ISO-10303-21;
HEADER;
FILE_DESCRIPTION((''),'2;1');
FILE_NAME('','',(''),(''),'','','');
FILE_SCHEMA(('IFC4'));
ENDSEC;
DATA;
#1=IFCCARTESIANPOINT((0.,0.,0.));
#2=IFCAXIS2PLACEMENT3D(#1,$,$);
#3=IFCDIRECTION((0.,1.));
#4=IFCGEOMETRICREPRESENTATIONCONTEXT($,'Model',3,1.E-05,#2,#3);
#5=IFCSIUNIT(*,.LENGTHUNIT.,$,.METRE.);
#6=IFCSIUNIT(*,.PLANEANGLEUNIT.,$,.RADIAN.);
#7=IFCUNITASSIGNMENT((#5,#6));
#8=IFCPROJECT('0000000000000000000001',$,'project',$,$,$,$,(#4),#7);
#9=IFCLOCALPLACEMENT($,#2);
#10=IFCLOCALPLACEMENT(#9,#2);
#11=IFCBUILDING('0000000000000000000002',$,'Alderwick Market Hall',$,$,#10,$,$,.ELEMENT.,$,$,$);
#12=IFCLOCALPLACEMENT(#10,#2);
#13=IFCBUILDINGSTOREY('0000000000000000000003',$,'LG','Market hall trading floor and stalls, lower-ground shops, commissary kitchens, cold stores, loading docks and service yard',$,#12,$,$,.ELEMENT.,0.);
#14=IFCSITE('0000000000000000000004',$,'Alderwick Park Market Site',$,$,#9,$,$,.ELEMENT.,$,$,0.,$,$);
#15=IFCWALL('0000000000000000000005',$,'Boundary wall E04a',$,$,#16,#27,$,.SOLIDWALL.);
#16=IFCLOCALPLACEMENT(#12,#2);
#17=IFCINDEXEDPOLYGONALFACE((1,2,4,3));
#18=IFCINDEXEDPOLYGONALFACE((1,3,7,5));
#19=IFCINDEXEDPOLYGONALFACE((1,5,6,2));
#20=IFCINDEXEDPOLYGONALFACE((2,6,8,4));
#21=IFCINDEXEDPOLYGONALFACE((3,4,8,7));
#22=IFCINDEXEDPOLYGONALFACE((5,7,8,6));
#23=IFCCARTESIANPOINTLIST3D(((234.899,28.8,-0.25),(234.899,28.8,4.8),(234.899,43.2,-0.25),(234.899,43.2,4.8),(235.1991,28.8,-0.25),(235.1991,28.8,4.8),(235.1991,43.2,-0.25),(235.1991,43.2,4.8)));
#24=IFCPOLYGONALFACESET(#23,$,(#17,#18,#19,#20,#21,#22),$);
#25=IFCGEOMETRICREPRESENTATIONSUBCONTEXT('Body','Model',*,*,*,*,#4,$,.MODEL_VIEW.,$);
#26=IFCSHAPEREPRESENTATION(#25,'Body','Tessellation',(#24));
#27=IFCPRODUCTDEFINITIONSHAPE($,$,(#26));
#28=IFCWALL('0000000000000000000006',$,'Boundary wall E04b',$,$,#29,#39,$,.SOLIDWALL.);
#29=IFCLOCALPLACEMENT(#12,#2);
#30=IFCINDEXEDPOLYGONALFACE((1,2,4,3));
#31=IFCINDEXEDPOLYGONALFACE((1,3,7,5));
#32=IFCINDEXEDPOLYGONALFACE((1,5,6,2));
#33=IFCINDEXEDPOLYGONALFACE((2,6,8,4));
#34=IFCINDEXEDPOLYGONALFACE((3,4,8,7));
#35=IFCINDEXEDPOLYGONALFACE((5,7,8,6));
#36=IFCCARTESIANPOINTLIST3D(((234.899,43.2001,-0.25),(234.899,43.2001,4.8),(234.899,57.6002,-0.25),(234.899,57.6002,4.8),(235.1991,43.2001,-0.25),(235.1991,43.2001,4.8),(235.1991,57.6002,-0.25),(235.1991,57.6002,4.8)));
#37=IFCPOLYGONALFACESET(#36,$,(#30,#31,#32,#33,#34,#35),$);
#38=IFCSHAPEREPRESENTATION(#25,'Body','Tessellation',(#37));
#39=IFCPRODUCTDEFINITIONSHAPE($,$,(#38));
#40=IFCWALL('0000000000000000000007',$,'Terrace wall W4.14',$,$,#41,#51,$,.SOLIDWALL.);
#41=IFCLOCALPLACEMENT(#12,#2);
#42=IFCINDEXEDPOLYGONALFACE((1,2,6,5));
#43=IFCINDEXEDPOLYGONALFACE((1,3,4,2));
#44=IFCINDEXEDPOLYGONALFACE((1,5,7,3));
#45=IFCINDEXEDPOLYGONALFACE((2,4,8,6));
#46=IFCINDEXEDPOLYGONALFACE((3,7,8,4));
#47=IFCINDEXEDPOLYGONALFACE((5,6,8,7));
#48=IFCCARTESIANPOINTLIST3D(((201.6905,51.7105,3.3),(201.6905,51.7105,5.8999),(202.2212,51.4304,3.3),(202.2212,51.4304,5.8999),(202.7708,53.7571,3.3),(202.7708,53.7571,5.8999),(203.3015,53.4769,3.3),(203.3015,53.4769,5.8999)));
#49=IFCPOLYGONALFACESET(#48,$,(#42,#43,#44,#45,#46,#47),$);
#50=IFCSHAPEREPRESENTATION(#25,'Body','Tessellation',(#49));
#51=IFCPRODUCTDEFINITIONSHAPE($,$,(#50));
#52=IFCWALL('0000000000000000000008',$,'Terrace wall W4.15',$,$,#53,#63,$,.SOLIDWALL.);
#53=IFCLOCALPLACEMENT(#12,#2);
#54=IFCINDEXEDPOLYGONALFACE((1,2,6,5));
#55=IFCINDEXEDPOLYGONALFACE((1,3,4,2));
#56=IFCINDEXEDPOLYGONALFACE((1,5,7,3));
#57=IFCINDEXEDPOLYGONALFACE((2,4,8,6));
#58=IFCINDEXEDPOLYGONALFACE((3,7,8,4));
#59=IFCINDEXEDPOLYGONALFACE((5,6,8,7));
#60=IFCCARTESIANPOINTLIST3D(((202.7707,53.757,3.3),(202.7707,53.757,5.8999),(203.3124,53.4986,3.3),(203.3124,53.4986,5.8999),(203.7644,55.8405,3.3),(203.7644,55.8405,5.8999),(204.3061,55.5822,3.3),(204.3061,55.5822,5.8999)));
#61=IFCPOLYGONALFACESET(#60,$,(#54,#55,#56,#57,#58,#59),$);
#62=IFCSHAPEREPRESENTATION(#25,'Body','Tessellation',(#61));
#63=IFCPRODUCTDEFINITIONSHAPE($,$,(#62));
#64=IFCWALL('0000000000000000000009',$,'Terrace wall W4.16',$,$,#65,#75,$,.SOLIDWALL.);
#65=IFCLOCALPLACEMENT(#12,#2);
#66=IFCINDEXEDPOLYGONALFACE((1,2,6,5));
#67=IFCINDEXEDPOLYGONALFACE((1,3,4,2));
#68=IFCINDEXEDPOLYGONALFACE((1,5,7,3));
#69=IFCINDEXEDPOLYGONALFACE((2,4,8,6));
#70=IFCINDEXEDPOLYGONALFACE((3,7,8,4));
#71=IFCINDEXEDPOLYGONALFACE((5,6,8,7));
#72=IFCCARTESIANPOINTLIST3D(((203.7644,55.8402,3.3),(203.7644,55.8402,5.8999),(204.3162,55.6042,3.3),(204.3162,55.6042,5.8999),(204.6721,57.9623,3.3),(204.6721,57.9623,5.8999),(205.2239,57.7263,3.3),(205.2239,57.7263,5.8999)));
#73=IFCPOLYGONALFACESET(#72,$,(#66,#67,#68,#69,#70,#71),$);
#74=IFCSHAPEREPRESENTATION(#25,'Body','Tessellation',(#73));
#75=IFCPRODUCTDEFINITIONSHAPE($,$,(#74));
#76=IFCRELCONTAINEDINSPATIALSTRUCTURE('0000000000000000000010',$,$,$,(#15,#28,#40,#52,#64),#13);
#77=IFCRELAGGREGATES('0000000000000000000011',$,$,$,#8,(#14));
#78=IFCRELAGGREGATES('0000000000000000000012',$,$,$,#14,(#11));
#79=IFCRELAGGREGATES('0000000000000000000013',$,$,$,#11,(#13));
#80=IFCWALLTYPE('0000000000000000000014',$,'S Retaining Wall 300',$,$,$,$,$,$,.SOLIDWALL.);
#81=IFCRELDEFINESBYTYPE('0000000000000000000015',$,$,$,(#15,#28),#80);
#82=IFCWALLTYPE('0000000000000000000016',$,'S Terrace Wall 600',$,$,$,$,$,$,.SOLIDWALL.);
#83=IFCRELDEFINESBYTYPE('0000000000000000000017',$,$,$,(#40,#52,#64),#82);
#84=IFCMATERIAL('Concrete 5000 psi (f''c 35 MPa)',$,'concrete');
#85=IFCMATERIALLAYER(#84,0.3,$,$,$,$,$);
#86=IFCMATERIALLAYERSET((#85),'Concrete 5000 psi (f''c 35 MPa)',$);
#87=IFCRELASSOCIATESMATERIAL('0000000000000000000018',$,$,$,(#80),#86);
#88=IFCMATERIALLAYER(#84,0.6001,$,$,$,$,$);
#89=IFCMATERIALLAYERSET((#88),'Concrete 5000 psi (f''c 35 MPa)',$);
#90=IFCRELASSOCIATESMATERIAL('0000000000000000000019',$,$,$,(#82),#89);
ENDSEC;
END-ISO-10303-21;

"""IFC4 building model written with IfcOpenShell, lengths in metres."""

from ifc_helpers import new_model, si_unit, direction, frame, frame_2d, origin, place, context, subcontext, project, spatial, rectangle, extrude, material, layer, layer_set, type_object, element, save


model = new_model("IFC4")

# Units and contexts
model_context = context("Model", 3, precision=1e-05, world=origin(), true_north=direction((0.0, 1.0)))
body_context = subcontext(model_context, "Body", "Model", "MODEL_VIEW")
ifc_project = project(units=[si_unit("LENGTHUNIT", "METRE"), si_unit("PLANEANGLEUNIT", "RADIAN")], contexts=[model_context])

# Site, building, storey
site_placement = place(None, origin())
site = spatial("IfcSite", under=ifc_project, at=site_placement, Name="Alderwick Park Market Site", CompositionType="ELEMENT", RefElevation=0.0)
building_placement = place(site_placement, origin())
building = spatial("IfcBuilding", under=site, at=building_placement, Name="Alderwick Market Hall", CompositionType="ELEMENT")
storey_placement = place(building_placement, origin())
storey = spatial("IfcBuildingStorey", under=building, at=storey_placement, Name="LG", Description="Market hall trading floor and stalls, lower-ground shops, commissary kitchens, cold stores, loading docks and service yard", CompositionType="ELEMENT", Elevation=0.0)

# Shared definitions
ifc_material = material(Name="Concrete 5000 psi (f'c 35 MPa)", Category="concrete")

# Walls
ifc_layer_1 = layer(ifc_material, 0.3)
ifc_layer_set_1 = layer_set([ifc_layer_1], Name="Concrete 5000 psi (f'c 35 MPa)")
wall_type_1 = type_object("IfcWallType", Name="S Retaining Wall 300", PredefinedType="SOLIDWALL", material=ifc_layer_set_1)
wall_1_placement = place(storey_placement, frame((235.0491, 28.8, -0.25), z_axis=(0.0, 0.0, 1.0), x_axis=(0.0, 1.0, 0.0)))
element("IfcWall", 1, at=wall_1_placement, inside=storey, type_object=wall_type_1, Name="Boundary wall E04a", PredefinedType="SOLIDWALL", context=body_context, shape_type="SweptSolid", body=[
    extrude(rectangle(XDim=14.3999, YDim=0.3, at=frame_2d((7.2, 0.0))), origin(), (0.0, 0.0, 1.0), 5.05),
])
wall_2_placement = place(storey_placement, frame((235.0491, 43.2, -0.25), z_axis=(0.0, 0.0, 1.0), x_axis=(0.0, 1.0, 0.0)))
element("IfcWall", 2, at=wall_2_placement, inside=storey, type_object=wall_type_1, Name="Boundary wall E04b", PredefinedType="SOLIDWALL", context=body_context, shape_type="SweptSolid", body=[
    extrude(rectangle(XDim=14.4001, YDim=0.3, at=frame_2d((7.2002, 0.0))), origin(), (0.0, 0.0, 1.0), 5.05),
])
ifc_layer_2 = layer(ifc_material, 0.6001)
ifc_layer_set_2 = layer_set([ifc_layer_2], Name="Concrete 5000 psi (f'c 35 MPa)")
wall_type_2 = type_object("IfcWallType", Name="S Terrace Wall 600", PredefinedType="SOLIDWALL", material=ifc_layer_set_2)
wall_3_placement = place(storey_placement, frame((201.9558, 51.5703, 3.3), z_axis=(0.0, 0.0, 1.0), x_axis=(0.466811, 0.884357, 0.0)))
element("IfcWall", 3, at=wall_3_placement, inside=storey, type_object=wall_type_2, Name="Terrace wall W4.14", PredefinedType="SOLIDWALL", context=body_context, shape_type="SweptSolid", body=[
    extrude(rectangle(XDim=2.3142, YDim=0.6001, at=frame_2d((1.1572, 0.0))), origin(), (0.0, 0.0, 1.0), 2.5999),
])
wall_4_placement = place(storey_placement, frame((203.0415, 53.6277, 3.3), z_axis=(0.0, 0.0, 1.0), x_axis=(0.430467, 0.902606, 0.0)))
element("IfcWall", 4, at=wall_4_placement, inside=storey, type_object=wall_type_2, Name="Terrace wall W4.15", PredefinedType="SOLIDWALL", context=body_context, shape_type="SweptSolid", body=[
    extrude(rectangle(XDim=2.3083, YDim=0.6001, at=frame_2d((1.1543, 0.0))), origin(), (0.0, 0.0, 1.0), 2.5999),
])
wall_5_placement = place(storey_placement, frame((204.0403, 55.7222, 3.3), z_axis=(0.0, 0.0, 1.0), x_axis=(0.393281, 0.919418, 0.0)))
element("IfcWall", 5, at=wall_5_placement, inside=storey, type_object=wall_type_2, Name="Terrace wall W4.16", PredefinedType="SOLIDWALL", context=body_context, shape_type="SweptSolid", body=[
    extrude(rectangle(XDim=2.3081, YDim=0.6001, at=frame_2d((1.1541, 0.0))), origin(), (0.0, 0.0, 1.0), 2.5999),
])

save(model, "model.ifc")
